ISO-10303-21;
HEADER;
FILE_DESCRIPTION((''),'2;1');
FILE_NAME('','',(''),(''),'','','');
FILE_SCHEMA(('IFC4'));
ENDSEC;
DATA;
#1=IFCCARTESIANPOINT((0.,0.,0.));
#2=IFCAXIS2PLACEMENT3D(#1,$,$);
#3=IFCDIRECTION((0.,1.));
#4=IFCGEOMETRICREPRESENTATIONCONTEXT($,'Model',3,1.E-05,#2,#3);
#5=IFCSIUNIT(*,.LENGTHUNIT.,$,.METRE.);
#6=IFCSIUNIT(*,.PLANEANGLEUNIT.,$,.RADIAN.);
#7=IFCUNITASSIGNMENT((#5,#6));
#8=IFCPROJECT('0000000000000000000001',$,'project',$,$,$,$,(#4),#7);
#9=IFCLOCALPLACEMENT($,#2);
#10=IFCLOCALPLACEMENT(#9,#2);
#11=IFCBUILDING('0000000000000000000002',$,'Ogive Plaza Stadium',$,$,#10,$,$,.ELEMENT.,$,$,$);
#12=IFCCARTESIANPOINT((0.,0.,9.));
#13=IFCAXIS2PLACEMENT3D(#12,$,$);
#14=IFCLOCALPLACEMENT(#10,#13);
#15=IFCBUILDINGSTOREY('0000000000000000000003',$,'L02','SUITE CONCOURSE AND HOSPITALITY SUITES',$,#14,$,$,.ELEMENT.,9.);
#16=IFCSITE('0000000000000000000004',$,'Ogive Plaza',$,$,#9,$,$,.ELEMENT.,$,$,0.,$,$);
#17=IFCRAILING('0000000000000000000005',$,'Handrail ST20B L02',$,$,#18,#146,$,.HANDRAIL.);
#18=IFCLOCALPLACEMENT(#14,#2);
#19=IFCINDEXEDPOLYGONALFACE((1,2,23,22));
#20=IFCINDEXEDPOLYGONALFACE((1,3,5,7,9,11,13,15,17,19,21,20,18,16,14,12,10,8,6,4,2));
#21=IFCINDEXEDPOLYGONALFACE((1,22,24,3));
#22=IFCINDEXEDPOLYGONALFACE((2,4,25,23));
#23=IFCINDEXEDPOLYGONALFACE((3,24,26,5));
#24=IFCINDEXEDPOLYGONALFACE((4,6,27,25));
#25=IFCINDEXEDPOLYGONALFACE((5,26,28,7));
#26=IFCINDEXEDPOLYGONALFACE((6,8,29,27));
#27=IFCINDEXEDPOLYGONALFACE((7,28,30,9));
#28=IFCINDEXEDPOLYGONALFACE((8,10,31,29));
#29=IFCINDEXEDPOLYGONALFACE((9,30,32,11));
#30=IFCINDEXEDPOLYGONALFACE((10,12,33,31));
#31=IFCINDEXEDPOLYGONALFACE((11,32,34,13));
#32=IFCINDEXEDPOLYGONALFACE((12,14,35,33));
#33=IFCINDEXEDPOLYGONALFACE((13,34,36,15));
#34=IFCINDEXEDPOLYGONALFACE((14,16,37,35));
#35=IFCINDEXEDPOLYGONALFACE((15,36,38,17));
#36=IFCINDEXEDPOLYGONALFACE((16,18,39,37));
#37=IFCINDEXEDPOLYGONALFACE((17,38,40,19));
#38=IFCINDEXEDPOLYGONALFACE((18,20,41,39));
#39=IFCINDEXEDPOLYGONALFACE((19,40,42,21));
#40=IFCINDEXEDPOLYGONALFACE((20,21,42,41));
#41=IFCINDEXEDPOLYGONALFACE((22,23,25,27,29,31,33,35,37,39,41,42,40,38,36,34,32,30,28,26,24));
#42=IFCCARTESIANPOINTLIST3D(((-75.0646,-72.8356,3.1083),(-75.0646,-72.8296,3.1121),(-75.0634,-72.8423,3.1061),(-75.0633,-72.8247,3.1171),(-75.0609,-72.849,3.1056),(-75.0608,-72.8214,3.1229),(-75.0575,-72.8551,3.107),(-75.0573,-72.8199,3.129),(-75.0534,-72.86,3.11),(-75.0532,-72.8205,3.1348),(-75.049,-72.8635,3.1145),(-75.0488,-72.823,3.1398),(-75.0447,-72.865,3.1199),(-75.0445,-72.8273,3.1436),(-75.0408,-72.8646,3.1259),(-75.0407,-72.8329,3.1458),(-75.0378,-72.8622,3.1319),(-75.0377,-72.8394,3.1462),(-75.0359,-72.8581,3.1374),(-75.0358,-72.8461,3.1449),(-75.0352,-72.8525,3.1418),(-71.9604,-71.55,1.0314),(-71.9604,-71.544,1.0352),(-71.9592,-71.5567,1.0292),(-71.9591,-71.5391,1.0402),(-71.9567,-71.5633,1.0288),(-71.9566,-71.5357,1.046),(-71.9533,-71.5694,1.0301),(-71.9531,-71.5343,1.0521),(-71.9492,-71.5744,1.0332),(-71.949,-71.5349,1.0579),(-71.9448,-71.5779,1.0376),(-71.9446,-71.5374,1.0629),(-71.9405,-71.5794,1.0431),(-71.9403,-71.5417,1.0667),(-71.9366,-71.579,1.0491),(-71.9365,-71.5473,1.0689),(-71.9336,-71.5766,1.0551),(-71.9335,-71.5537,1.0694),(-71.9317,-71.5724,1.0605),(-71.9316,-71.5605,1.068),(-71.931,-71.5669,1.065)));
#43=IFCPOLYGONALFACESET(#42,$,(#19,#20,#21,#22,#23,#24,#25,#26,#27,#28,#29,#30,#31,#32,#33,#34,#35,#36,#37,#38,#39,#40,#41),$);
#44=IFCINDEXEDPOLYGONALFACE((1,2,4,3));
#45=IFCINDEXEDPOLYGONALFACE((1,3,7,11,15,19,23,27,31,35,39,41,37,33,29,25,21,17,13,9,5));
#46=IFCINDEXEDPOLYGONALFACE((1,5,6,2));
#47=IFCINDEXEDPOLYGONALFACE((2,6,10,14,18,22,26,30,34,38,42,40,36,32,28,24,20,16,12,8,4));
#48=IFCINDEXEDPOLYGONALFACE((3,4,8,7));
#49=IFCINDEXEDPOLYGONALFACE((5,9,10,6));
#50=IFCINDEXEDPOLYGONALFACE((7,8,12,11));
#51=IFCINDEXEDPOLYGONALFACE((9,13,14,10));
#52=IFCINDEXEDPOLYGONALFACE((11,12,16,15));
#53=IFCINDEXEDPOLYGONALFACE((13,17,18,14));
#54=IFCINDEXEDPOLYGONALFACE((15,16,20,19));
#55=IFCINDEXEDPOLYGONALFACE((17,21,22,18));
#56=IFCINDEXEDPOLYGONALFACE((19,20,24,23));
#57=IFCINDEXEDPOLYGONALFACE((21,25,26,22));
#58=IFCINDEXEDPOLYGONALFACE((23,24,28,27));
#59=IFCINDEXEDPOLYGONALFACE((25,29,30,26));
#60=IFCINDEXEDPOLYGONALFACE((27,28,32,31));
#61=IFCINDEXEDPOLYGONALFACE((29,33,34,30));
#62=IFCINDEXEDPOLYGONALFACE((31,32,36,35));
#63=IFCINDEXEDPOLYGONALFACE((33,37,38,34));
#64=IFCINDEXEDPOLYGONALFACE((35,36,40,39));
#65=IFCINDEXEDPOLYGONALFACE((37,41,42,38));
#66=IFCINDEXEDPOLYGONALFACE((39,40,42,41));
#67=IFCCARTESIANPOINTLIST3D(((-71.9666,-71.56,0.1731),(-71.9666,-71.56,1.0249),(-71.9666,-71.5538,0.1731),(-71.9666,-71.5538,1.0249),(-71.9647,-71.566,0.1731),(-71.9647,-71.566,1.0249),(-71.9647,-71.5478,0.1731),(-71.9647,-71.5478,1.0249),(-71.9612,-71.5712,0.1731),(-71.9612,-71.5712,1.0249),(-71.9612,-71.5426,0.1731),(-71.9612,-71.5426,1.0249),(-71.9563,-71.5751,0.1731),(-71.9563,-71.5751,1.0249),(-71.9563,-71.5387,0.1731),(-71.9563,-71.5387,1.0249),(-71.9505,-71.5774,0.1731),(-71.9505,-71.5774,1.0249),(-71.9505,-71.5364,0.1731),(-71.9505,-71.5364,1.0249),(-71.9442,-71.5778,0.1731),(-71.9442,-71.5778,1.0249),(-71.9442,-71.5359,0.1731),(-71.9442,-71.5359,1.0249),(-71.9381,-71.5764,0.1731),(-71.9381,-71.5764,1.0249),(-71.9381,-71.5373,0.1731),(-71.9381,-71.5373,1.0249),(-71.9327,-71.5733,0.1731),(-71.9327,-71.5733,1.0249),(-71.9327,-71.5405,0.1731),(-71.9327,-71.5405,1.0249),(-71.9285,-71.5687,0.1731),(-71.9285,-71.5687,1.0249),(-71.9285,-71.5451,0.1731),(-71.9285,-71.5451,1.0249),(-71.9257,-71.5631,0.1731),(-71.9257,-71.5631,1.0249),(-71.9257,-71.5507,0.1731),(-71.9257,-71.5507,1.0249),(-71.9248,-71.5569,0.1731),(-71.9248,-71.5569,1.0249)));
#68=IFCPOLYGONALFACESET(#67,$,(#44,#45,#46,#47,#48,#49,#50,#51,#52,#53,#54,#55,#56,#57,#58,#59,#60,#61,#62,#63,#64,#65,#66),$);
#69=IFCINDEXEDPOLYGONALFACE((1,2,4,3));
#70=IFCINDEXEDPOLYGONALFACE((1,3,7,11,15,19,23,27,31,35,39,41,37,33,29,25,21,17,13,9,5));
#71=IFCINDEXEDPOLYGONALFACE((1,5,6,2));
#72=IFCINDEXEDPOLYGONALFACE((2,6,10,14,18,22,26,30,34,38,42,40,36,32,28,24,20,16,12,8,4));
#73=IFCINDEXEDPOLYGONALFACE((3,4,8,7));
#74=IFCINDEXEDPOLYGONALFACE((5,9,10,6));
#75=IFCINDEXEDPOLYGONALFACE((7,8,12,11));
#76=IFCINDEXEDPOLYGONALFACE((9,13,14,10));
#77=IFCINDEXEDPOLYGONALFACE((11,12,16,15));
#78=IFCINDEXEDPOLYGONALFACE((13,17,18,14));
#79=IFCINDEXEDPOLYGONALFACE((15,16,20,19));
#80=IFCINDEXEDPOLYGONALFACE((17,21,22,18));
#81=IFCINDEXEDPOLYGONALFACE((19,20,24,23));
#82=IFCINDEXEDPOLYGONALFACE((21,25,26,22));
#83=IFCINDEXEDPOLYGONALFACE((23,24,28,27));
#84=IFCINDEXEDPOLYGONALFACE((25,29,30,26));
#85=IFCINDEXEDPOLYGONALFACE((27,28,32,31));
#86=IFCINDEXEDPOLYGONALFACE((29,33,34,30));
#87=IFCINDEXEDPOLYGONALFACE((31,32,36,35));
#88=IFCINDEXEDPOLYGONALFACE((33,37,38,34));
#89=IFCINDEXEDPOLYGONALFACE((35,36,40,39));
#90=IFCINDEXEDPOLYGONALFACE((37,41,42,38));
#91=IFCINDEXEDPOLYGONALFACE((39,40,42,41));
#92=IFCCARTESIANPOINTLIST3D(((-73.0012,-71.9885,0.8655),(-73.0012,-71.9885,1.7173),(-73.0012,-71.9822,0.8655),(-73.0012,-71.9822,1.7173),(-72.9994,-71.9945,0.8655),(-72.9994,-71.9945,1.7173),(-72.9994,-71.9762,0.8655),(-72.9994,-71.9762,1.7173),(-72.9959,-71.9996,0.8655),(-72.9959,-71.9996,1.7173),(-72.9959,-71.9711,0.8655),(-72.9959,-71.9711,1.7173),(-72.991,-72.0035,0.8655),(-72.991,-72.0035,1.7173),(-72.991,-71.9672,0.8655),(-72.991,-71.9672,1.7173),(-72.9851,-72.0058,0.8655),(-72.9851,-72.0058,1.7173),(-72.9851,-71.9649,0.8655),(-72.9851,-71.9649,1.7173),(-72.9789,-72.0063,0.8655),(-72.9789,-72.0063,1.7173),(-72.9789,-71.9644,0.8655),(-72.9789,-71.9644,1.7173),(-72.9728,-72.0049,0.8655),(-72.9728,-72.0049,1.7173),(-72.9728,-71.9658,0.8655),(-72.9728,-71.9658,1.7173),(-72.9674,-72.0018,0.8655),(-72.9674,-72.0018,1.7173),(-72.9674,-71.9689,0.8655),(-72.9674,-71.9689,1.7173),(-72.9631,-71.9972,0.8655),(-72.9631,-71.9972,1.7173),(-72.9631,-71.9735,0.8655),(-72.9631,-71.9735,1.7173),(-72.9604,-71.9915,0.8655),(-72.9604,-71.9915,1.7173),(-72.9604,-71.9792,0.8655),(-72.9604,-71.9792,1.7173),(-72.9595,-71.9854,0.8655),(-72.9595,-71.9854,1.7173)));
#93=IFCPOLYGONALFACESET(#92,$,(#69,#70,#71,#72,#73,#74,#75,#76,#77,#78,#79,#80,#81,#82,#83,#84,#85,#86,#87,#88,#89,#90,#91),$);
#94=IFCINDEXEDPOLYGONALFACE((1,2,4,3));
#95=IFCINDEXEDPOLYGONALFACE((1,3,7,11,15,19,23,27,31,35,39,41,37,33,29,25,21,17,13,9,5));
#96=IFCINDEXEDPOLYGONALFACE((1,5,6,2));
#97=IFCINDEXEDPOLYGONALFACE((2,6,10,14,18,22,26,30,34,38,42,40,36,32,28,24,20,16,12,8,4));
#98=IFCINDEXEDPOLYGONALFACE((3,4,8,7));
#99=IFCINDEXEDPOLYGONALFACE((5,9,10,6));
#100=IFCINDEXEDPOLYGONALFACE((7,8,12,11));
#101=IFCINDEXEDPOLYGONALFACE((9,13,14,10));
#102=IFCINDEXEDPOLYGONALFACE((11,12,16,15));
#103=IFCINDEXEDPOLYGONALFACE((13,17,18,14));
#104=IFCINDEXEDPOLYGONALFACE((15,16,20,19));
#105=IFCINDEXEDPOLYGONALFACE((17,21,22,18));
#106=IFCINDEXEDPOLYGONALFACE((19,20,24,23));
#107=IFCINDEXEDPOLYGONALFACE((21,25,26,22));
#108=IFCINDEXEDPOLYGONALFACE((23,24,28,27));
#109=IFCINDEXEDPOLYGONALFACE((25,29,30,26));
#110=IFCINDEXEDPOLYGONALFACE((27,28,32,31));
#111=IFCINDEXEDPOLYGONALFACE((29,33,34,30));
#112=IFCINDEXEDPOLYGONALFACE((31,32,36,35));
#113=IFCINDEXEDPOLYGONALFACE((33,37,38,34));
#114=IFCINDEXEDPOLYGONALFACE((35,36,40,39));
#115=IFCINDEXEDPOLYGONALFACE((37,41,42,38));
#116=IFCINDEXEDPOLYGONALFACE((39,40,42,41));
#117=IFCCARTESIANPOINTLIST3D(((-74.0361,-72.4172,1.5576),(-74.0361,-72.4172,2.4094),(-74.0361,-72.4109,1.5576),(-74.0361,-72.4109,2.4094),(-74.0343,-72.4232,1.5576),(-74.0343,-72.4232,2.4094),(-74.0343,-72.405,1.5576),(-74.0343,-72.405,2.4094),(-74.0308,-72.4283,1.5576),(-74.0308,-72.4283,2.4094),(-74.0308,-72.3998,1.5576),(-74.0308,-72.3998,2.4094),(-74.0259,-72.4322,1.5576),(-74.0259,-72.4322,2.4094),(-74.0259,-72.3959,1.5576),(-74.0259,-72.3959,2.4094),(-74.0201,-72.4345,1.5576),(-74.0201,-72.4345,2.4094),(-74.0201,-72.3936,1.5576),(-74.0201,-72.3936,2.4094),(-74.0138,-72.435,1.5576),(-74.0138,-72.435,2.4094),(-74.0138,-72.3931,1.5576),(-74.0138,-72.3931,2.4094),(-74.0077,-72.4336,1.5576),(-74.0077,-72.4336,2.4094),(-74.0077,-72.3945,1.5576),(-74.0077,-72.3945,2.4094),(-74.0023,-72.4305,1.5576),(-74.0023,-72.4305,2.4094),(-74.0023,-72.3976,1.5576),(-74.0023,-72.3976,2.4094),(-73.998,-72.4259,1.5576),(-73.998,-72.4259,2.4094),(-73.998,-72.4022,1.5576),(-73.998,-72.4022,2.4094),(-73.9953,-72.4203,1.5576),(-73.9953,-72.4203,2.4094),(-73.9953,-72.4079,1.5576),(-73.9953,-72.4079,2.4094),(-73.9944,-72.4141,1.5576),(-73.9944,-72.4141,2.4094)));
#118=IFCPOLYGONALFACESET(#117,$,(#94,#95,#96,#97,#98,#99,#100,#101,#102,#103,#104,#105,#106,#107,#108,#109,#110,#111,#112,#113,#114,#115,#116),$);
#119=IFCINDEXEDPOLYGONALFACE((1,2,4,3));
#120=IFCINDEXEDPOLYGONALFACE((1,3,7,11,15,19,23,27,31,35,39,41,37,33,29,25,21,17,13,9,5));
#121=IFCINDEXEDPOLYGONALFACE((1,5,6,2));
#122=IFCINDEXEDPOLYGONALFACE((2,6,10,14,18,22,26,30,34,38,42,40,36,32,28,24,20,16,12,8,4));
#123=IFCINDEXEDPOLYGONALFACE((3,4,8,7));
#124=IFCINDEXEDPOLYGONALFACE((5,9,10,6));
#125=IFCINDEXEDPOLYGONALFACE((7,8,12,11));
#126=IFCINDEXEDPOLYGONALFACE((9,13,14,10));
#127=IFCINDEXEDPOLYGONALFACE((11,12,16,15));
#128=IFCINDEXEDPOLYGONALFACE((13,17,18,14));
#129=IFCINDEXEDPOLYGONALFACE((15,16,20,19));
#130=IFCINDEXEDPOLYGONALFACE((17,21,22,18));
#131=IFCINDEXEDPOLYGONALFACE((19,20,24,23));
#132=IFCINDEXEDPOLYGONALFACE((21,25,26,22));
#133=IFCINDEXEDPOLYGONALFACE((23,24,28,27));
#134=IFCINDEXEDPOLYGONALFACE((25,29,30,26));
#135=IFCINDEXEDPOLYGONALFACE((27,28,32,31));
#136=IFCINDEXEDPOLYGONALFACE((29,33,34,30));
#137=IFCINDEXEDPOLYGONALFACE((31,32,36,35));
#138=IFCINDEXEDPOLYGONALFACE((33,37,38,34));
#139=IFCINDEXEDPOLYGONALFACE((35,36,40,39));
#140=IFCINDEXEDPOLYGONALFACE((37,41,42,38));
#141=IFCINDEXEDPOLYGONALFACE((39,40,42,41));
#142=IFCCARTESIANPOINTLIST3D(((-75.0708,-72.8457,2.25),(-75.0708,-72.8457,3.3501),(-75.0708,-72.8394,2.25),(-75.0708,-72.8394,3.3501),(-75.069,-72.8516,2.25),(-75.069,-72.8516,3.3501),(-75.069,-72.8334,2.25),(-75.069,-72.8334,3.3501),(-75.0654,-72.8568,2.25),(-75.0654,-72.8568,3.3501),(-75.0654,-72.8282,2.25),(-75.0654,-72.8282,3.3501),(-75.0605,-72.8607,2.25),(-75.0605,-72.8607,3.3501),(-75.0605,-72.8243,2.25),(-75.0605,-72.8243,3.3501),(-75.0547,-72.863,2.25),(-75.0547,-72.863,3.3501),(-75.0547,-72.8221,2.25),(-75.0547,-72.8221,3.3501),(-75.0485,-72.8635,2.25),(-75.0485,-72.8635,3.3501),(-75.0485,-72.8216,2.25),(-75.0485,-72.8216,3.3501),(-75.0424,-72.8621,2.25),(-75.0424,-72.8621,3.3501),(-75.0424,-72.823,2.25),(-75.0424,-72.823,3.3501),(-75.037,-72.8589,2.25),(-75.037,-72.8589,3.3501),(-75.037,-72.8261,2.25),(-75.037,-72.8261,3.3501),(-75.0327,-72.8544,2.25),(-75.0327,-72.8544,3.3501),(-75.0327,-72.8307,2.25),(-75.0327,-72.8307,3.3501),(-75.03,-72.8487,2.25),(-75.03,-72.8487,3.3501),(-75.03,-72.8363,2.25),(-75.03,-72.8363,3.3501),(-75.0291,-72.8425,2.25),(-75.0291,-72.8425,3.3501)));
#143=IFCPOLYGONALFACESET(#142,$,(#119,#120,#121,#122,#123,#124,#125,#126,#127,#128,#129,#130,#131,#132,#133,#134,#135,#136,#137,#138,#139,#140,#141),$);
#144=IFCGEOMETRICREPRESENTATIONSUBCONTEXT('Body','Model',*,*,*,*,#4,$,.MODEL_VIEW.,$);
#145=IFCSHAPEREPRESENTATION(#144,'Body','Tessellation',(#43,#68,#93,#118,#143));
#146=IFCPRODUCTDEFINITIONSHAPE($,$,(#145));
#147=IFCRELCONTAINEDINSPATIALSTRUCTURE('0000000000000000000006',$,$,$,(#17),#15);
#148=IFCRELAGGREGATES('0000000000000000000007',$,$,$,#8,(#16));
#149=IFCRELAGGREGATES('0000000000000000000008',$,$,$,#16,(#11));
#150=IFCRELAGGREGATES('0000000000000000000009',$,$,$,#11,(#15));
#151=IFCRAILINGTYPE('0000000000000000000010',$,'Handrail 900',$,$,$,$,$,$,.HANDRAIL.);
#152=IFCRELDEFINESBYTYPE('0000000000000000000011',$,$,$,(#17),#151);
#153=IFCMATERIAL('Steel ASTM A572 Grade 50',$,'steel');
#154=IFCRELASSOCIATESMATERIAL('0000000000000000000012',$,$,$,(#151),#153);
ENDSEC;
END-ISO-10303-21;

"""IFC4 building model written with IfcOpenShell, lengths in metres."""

from ifc_helpers import new_model, si_unit, direction, frame, origin, origin_2d, place, context, subcontext, project, spatial, circle, extrude, material, type_object, element, save


model = new_model("IFC4")

# Units and contexts
model_context = context("Model", 3, precision=1e-05, world=origin(), true_north=direction((0.0, 1.0)))
body_context = subcontext(model_context, "Body", "Model", "MODEL_VIEW")
ifc_project = project(units=[si_unit("LENGTHUNIT", "METRE"), si_unit("PLANEANGLEUNIT", "RADIAN")], contexts=[model_context])

# Site, building, storey
site_placement = place(None, origin())
site = spatial("IfcSite", under=ifc_project, at=site_placement, Name="Ogive Plaza", CompositionType="ELEMENT", RefElevation=0.0)
building_placement = place(site_placement, origin())
building = spatial("IfcBuilding", under=site, at=building_placement, Name="Ogive Plaza Stadium", CompositionType="ELEMENT")
storey_placement = place(building_placement, frame((0.0, 0.0, 9.0)))
storey = spatial("IfcBuildingStorey", under=building, at=storey_placement, Name="L02", Description="SUITE CONCOURSE AND HOSPITALITY SUITES", CompositionType="ELEMENT", Elevation=9.0)

# Railing
ifc_material_1 = material(Name="Steel ASTM A572 Grade 50", Category="steel")
railing_type_1 = type_object("IfcRailingType", Name="Handrail 900", PredefinedType="HANDRAIL", material=ifc_material_1)
railing_1_placement = place(storey_placement, frame((-71.9458, -71.5569, 0.1731)))
element("IfcRailing", 1, at=railing_1_placement, inside=storey, type_object=railing_type_1, Name="Handrail ST20B L02", PredefinedType="HANDRAIL", context=body_context, shape_type="SweptSolid", body=[
    extrude(circle(Radius=0.0239, at=origin_2d()), frame((0.0, 0.0, 0.876), z_axis=(-0.785879, -0.325477, 0.525794), x_axis=(0.382638, -0.923898, 0.0)), (0.0, 0.0, 1.0), 3.95),
    extrude(circle(Radius=0.021, at=origin_2d()), origin(), (0.0, 0.0, 1.0), 0.8518),
    extrude(circle(Radius=0.021, at=origin_2d()), frame((-1.0347, -0.4285, 0.6924)), (0.0, 0.0, 1.0), 0.8518),
    extrude(circle(Radius=0.021, at=origin_2d()), frame((-2.0696, -0.8572, 1.3845)), (0.0, 0.0, 1.0), 0.8518),
    extrude(circle(Radius=0.021, at=origin_2d()), frame((-3.1042, -1.2856, 2.0769)), (0.0, 0.0, 1.0), 1.1001),
])

save(model, "model.ifc")
